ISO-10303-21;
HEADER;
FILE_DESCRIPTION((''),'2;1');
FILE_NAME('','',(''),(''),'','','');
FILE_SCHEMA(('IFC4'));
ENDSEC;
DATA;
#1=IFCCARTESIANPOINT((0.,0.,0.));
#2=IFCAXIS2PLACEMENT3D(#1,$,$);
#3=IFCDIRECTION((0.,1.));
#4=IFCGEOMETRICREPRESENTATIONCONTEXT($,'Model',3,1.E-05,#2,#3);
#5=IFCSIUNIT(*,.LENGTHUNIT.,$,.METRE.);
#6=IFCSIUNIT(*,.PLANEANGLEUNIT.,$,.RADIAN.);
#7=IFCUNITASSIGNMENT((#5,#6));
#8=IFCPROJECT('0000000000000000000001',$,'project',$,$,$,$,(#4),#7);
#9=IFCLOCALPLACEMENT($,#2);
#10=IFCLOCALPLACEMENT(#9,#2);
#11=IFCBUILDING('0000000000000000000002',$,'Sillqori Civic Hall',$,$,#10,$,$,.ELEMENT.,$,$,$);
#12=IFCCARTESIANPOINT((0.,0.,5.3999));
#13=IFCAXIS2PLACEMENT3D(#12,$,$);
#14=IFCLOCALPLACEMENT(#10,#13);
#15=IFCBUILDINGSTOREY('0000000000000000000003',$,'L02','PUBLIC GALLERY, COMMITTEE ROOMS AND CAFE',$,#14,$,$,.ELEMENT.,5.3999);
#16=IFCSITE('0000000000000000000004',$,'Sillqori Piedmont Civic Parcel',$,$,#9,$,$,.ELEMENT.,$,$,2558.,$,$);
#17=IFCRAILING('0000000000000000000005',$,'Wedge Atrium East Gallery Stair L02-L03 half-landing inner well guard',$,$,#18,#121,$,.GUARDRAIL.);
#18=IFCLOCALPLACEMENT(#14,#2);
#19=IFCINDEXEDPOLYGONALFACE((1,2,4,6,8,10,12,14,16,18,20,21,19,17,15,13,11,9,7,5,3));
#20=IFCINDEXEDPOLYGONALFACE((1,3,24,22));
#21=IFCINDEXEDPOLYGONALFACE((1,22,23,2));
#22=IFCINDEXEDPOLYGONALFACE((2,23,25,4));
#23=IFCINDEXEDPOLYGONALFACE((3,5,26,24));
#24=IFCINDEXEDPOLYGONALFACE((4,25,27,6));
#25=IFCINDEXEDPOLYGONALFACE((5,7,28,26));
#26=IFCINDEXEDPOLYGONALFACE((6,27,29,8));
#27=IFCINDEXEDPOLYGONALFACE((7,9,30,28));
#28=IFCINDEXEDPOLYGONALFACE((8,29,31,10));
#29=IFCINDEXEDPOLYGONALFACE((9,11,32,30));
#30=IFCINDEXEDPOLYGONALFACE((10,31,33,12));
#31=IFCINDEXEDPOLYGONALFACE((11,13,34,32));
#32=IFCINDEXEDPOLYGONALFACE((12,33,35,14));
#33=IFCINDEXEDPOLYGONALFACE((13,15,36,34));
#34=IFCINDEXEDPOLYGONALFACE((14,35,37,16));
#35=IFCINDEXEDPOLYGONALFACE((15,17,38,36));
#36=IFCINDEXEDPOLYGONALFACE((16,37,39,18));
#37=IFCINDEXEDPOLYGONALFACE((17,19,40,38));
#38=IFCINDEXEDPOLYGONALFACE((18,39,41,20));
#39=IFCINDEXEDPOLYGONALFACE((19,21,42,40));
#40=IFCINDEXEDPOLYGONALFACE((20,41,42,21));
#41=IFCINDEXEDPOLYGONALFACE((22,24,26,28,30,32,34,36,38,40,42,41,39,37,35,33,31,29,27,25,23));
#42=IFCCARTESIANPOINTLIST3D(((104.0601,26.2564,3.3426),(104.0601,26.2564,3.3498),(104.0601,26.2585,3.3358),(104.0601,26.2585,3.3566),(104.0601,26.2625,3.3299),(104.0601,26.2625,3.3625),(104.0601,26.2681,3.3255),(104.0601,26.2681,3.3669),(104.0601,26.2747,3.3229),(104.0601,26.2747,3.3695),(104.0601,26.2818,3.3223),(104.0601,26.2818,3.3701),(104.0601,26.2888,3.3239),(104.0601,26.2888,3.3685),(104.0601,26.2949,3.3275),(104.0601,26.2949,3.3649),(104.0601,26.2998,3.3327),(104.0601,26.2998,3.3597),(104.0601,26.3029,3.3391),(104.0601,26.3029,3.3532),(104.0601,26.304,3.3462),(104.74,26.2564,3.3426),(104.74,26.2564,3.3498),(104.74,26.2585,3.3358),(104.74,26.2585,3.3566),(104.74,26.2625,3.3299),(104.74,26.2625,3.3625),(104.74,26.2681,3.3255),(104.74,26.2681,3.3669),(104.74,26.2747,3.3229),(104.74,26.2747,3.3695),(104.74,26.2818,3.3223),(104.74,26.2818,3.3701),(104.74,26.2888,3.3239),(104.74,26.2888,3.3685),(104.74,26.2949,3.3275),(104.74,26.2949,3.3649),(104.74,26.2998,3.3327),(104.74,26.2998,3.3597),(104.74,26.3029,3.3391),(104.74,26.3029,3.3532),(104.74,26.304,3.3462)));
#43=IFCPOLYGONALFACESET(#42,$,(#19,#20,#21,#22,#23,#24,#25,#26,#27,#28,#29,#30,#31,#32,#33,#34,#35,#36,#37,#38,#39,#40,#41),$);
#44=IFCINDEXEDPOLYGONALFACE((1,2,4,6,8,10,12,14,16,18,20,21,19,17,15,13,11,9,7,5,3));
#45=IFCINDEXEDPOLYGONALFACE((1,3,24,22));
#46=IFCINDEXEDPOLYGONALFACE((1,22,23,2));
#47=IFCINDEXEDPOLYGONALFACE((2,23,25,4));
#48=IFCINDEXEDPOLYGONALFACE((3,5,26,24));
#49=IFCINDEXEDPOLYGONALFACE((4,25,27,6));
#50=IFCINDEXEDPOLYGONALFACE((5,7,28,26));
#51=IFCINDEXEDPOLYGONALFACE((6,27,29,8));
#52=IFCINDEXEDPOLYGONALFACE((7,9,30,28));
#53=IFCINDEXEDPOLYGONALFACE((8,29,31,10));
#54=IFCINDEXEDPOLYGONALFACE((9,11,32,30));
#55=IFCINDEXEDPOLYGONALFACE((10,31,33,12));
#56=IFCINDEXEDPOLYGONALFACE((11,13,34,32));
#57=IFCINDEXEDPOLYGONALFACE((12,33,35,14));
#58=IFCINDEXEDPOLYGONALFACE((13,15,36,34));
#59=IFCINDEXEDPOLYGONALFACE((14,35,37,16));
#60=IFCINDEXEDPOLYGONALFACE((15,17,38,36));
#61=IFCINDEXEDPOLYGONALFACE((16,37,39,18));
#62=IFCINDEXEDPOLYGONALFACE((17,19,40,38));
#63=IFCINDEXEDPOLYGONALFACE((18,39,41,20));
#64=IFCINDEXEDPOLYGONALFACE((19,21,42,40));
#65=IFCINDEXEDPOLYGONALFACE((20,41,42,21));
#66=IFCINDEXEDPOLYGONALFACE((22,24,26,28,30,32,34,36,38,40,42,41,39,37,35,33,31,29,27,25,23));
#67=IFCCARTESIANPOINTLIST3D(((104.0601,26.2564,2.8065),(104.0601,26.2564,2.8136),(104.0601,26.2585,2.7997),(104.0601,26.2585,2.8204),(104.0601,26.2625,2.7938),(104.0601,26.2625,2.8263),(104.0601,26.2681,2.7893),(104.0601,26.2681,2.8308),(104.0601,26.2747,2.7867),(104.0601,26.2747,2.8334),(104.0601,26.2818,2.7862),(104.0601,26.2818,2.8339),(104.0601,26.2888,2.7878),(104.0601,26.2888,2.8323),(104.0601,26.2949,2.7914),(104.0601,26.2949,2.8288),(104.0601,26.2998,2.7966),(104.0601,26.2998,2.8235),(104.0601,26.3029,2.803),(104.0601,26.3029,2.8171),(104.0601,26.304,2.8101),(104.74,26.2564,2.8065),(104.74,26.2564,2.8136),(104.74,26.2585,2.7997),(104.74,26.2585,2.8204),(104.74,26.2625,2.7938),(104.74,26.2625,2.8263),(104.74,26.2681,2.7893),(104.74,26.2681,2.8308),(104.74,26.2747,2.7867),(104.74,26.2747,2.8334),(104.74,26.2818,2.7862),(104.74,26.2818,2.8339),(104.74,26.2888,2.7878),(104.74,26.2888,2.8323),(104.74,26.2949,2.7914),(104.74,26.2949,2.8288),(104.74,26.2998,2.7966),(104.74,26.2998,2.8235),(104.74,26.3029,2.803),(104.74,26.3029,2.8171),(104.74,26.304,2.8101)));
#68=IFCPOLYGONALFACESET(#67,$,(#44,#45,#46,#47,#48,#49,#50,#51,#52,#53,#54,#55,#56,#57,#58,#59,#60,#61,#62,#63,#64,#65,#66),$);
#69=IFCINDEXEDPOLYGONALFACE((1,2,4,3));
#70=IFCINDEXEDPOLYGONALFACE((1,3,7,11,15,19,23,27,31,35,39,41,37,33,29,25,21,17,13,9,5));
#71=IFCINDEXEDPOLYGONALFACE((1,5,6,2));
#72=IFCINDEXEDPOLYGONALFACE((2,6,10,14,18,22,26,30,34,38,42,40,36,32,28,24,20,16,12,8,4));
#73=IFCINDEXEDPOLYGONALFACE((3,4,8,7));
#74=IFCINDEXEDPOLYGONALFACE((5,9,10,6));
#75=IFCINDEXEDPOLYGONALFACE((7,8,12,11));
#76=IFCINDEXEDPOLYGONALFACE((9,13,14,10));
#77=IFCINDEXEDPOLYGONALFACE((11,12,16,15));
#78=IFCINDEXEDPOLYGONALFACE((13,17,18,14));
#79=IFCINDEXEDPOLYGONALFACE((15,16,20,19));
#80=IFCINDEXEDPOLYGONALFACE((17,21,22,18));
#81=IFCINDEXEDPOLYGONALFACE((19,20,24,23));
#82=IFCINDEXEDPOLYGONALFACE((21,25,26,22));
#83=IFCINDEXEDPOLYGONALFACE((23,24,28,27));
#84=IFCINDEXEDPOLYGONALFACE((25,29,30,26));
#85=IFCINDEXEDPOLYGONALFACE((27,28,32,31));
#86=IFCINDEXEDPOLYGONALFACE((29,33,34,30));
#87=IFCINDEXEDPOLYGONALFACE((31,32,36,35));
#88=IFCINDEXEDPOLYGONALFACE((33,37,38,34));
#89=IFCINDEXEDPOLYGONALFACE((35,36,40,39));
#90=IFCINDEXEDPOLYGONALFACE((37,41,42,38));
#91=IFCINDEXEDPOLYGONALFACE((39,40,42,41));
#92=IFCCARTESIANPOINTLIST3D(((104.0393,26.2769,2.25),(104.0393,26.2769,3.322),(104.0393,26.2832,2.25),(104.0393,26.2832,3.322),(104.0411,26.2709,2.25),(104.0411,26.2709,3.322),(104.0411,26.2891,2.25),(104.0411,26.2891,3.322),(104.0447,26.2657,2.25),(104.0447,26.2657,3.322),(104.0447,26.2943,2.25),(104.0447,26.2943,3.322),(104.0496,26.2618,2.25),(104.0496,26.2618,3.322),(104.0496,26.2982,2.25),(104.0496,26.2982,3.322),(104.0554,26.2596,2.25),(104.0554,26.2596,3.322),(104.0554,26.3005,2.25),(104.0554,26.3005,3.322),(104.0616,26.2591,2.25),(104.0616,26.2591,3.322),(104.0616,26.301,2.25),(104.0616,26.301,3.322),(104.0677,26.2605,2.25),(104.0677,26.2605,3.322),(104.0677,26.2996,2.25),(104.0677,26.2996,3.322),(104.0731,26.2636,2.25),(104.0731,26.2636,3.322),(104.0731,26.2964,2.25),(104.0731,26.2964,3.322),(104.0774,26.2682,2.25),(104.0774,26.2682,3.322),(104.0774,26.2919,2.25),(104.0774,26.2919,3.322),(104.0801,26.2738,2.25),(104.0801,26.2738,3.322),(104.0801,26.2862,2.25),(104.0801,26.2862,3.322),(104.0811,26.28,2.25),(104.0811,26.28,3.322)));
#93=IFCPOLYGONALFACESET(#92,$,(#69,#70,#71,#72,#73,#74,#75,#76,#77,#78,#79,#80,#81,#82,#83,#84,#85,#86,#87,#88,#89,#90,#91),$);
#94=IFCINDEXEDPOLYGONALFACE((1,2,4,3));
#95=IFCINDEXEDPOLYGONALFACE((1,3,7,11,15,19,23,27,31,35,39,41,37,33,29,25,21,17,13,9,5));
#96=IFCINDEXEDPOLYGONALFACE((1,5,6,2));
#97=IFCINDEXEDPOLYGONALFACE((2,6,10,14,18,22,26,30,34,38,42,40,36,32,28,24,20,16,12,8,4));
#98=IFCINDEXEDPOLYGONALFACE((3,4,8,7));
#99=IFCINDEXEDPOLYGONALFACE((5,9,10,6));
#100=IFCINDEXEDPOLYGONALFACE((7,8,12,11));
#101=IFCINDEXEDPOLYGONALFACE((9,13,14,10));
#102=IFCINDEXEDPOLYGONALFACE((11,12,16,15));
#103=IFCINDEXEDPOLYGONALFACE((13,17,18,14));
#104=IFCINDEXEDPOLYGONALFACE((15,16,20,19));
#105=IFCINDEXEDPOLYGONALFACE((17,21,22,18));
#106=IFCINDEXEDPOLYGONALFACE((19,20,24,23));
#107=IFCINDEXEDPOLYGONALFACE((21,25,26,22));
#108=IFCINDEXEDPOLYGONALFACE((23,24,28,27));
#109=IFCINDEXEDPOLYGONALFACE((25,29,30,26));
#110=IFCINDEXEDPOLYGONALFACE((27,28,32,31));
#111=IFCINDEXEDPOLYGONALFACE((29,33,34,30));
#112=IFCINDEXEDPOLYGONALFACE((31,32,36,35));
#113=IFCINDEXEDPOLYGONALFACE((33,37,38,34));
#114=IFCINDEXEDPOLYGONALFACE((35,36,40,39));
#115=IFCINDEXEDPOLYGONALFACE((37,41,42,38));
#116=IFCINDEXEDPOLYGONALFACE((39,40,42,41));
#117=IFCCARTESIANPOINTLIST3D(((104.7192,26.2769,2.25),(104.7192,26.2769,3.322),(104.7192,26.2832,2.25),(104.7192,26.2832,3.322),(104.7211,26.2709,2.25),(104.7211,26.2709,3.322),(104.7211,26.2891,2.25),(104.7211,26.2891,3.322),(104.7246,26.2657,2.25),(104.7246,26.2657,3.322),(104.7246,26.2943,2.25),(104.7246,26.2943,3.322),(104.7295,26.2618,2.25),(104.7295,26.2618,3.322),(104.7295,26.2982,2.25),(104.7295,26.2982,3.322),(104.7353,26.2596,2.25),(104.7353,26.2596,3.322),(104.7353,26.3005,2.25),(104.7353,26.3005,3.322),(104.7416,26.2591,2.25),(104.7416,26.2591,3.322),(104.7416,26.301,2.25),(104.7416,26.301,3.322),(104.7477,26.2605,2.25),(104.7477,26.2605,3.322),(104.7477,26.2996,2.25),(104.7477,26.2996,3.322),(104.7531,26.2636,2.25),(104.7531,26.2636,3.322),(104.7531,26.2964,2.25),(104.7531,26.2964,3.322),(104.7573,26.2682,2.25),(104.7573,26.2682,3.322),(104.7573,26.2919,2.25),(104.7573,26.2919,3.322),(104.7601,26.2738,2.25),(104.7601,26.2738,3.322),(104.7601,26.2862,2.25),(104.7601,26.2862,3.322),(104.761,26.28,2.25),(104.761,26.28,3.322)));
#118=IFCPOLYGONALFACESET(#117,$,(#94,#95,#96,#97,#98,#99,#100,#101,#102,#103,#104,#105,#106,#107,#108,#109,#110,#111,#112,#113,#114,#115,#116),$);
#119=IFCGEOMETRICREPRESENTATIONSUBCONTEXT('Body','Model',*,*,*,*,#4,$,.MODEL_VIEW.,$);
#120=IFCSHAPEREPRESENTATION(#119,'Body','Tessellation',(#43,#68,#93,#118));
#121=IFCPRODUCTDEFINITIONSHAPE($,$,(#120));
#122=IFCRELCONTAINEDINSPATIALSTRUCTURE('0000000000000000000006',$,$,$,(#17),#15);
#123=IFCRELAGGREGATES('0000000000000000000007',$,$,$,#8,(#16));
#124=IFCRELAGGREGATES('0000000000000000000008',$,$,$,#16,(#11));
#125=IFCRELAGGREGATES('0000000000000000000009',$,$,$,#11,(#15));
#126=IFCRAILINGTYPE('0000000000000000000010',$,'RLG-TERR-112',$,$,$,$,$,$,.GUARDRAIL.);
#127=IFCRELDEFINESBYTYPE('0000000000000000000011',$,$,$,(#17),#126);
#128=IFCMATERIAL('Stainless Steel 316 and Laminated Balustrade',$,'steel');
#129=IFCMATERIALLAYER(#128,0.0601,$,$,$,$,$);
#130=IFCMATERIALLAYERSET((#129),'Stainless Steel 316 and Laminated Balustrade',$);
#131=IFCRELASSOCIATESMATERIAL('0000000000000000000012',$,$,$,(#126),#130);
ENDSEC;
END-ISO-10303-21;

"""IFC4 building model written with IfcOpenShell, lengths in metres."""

from ifc_helpers import new_model, si_unit, direction, frame, origin, origin_2d, place, context, subcontext, project, spatial, circle, extrude, material, layer, layer_set, type_object, element, save


model = new_model("IFC4")

# Units and contexts
model_context = context("Model", 3, precision=1e-05, world=origin(), true_north=direction((0.0, 1.0)))
body_context = subcontext(model_context, "Body", "Model", "MODEL_VIEW")
ifc_project = project(units=[si_unit("LENGTHUNIT", "METRE"), si_unit("PLANEANGLEUNIT", "RADIAN")], contexts=[model_context])

# Site, building, storey
site_placement = place(None, origin())
site = spatial("IfcSite", under=ifc_project, at=site_placement, Name="Sillqori Piedmont Civic Parcel", CompositionType="ELEMENT", RefElevation=2558.0)
building_placement = place(site_placement, origin())
building = spatial("IfcBuilding", under=site, at=building_placement, Name="Sillqori Civic Hall", CompositionType="ELEMENT")
storey_placement = place(building_placement, frame((0.0, 0.0, 5.3999)))
storey = spatial("IfcBuildingStorey", under=building, at=storey_placement, Name="L02", Description="PUBLIC GALLERY, COMMITTEE ROOMS AND CAFE", CompositionType="ELEMENT", Elevation=5.3999)

# Railing
ifc_material_1 = material(Name="Stainless Steel 316 and Laminated Balustrade", Category="steel")
ifc_layer_1 = layer(ifc_material_1, 0.0601)
ifc_layer_set_1 = layer_set([ifc_layer_1], Name="Stainless Steel 316 and Laminated Balustrade")
railing_type_1 = type_object("IfcRailingType", Name="RLG-TERR-112", PredefinedType="GUARDRAIL", material=ifc_layer_set_1)
railing_1_placement = place(storey_placement, frame((104.0601, 26.28, 2.25)))
element("IfcRailing", 1, at=railing_1_placement, inside=storey, type_object=railing_type_1, Name="Wedge Atrium East Gallery Stair L02-L03 half-landing inner well guard", PredefinedType="GUARDRAIL", context=body_context, shape_type="SweptSolid", body=[
    extrude(circle(Radius=0.0239, at=origin_2d()), frame((0.0, 0.0, 1.0962), z_axis=(1.0, 0.0, 0.0), x_axis=(0.0, 1.0, 0.0)), (0.0, 0.0, 1.0), 0.6799),
    extrude(circle(Radius=0.0239, at=origin_2d()), frame((0.0, 0.0, 0.5601), z_axis=(1.0, 0.0, 0.0), x_axis=(0.0, 1.0, 0.0)), (0.0, 0.0, 1.0), 0.6799),
    extrude(circle(Radius=0.021, at=origin_2d()), origin(), (0.0, 0.0, 1.0), 1.072),
    extrude(circle(Radius=0.021, at=origin_2d()), frame((0.6799, 0.0, 0.0)), (0.0, 0.0, 1.0), 1.072),
])

save(model, "model.ifc")
